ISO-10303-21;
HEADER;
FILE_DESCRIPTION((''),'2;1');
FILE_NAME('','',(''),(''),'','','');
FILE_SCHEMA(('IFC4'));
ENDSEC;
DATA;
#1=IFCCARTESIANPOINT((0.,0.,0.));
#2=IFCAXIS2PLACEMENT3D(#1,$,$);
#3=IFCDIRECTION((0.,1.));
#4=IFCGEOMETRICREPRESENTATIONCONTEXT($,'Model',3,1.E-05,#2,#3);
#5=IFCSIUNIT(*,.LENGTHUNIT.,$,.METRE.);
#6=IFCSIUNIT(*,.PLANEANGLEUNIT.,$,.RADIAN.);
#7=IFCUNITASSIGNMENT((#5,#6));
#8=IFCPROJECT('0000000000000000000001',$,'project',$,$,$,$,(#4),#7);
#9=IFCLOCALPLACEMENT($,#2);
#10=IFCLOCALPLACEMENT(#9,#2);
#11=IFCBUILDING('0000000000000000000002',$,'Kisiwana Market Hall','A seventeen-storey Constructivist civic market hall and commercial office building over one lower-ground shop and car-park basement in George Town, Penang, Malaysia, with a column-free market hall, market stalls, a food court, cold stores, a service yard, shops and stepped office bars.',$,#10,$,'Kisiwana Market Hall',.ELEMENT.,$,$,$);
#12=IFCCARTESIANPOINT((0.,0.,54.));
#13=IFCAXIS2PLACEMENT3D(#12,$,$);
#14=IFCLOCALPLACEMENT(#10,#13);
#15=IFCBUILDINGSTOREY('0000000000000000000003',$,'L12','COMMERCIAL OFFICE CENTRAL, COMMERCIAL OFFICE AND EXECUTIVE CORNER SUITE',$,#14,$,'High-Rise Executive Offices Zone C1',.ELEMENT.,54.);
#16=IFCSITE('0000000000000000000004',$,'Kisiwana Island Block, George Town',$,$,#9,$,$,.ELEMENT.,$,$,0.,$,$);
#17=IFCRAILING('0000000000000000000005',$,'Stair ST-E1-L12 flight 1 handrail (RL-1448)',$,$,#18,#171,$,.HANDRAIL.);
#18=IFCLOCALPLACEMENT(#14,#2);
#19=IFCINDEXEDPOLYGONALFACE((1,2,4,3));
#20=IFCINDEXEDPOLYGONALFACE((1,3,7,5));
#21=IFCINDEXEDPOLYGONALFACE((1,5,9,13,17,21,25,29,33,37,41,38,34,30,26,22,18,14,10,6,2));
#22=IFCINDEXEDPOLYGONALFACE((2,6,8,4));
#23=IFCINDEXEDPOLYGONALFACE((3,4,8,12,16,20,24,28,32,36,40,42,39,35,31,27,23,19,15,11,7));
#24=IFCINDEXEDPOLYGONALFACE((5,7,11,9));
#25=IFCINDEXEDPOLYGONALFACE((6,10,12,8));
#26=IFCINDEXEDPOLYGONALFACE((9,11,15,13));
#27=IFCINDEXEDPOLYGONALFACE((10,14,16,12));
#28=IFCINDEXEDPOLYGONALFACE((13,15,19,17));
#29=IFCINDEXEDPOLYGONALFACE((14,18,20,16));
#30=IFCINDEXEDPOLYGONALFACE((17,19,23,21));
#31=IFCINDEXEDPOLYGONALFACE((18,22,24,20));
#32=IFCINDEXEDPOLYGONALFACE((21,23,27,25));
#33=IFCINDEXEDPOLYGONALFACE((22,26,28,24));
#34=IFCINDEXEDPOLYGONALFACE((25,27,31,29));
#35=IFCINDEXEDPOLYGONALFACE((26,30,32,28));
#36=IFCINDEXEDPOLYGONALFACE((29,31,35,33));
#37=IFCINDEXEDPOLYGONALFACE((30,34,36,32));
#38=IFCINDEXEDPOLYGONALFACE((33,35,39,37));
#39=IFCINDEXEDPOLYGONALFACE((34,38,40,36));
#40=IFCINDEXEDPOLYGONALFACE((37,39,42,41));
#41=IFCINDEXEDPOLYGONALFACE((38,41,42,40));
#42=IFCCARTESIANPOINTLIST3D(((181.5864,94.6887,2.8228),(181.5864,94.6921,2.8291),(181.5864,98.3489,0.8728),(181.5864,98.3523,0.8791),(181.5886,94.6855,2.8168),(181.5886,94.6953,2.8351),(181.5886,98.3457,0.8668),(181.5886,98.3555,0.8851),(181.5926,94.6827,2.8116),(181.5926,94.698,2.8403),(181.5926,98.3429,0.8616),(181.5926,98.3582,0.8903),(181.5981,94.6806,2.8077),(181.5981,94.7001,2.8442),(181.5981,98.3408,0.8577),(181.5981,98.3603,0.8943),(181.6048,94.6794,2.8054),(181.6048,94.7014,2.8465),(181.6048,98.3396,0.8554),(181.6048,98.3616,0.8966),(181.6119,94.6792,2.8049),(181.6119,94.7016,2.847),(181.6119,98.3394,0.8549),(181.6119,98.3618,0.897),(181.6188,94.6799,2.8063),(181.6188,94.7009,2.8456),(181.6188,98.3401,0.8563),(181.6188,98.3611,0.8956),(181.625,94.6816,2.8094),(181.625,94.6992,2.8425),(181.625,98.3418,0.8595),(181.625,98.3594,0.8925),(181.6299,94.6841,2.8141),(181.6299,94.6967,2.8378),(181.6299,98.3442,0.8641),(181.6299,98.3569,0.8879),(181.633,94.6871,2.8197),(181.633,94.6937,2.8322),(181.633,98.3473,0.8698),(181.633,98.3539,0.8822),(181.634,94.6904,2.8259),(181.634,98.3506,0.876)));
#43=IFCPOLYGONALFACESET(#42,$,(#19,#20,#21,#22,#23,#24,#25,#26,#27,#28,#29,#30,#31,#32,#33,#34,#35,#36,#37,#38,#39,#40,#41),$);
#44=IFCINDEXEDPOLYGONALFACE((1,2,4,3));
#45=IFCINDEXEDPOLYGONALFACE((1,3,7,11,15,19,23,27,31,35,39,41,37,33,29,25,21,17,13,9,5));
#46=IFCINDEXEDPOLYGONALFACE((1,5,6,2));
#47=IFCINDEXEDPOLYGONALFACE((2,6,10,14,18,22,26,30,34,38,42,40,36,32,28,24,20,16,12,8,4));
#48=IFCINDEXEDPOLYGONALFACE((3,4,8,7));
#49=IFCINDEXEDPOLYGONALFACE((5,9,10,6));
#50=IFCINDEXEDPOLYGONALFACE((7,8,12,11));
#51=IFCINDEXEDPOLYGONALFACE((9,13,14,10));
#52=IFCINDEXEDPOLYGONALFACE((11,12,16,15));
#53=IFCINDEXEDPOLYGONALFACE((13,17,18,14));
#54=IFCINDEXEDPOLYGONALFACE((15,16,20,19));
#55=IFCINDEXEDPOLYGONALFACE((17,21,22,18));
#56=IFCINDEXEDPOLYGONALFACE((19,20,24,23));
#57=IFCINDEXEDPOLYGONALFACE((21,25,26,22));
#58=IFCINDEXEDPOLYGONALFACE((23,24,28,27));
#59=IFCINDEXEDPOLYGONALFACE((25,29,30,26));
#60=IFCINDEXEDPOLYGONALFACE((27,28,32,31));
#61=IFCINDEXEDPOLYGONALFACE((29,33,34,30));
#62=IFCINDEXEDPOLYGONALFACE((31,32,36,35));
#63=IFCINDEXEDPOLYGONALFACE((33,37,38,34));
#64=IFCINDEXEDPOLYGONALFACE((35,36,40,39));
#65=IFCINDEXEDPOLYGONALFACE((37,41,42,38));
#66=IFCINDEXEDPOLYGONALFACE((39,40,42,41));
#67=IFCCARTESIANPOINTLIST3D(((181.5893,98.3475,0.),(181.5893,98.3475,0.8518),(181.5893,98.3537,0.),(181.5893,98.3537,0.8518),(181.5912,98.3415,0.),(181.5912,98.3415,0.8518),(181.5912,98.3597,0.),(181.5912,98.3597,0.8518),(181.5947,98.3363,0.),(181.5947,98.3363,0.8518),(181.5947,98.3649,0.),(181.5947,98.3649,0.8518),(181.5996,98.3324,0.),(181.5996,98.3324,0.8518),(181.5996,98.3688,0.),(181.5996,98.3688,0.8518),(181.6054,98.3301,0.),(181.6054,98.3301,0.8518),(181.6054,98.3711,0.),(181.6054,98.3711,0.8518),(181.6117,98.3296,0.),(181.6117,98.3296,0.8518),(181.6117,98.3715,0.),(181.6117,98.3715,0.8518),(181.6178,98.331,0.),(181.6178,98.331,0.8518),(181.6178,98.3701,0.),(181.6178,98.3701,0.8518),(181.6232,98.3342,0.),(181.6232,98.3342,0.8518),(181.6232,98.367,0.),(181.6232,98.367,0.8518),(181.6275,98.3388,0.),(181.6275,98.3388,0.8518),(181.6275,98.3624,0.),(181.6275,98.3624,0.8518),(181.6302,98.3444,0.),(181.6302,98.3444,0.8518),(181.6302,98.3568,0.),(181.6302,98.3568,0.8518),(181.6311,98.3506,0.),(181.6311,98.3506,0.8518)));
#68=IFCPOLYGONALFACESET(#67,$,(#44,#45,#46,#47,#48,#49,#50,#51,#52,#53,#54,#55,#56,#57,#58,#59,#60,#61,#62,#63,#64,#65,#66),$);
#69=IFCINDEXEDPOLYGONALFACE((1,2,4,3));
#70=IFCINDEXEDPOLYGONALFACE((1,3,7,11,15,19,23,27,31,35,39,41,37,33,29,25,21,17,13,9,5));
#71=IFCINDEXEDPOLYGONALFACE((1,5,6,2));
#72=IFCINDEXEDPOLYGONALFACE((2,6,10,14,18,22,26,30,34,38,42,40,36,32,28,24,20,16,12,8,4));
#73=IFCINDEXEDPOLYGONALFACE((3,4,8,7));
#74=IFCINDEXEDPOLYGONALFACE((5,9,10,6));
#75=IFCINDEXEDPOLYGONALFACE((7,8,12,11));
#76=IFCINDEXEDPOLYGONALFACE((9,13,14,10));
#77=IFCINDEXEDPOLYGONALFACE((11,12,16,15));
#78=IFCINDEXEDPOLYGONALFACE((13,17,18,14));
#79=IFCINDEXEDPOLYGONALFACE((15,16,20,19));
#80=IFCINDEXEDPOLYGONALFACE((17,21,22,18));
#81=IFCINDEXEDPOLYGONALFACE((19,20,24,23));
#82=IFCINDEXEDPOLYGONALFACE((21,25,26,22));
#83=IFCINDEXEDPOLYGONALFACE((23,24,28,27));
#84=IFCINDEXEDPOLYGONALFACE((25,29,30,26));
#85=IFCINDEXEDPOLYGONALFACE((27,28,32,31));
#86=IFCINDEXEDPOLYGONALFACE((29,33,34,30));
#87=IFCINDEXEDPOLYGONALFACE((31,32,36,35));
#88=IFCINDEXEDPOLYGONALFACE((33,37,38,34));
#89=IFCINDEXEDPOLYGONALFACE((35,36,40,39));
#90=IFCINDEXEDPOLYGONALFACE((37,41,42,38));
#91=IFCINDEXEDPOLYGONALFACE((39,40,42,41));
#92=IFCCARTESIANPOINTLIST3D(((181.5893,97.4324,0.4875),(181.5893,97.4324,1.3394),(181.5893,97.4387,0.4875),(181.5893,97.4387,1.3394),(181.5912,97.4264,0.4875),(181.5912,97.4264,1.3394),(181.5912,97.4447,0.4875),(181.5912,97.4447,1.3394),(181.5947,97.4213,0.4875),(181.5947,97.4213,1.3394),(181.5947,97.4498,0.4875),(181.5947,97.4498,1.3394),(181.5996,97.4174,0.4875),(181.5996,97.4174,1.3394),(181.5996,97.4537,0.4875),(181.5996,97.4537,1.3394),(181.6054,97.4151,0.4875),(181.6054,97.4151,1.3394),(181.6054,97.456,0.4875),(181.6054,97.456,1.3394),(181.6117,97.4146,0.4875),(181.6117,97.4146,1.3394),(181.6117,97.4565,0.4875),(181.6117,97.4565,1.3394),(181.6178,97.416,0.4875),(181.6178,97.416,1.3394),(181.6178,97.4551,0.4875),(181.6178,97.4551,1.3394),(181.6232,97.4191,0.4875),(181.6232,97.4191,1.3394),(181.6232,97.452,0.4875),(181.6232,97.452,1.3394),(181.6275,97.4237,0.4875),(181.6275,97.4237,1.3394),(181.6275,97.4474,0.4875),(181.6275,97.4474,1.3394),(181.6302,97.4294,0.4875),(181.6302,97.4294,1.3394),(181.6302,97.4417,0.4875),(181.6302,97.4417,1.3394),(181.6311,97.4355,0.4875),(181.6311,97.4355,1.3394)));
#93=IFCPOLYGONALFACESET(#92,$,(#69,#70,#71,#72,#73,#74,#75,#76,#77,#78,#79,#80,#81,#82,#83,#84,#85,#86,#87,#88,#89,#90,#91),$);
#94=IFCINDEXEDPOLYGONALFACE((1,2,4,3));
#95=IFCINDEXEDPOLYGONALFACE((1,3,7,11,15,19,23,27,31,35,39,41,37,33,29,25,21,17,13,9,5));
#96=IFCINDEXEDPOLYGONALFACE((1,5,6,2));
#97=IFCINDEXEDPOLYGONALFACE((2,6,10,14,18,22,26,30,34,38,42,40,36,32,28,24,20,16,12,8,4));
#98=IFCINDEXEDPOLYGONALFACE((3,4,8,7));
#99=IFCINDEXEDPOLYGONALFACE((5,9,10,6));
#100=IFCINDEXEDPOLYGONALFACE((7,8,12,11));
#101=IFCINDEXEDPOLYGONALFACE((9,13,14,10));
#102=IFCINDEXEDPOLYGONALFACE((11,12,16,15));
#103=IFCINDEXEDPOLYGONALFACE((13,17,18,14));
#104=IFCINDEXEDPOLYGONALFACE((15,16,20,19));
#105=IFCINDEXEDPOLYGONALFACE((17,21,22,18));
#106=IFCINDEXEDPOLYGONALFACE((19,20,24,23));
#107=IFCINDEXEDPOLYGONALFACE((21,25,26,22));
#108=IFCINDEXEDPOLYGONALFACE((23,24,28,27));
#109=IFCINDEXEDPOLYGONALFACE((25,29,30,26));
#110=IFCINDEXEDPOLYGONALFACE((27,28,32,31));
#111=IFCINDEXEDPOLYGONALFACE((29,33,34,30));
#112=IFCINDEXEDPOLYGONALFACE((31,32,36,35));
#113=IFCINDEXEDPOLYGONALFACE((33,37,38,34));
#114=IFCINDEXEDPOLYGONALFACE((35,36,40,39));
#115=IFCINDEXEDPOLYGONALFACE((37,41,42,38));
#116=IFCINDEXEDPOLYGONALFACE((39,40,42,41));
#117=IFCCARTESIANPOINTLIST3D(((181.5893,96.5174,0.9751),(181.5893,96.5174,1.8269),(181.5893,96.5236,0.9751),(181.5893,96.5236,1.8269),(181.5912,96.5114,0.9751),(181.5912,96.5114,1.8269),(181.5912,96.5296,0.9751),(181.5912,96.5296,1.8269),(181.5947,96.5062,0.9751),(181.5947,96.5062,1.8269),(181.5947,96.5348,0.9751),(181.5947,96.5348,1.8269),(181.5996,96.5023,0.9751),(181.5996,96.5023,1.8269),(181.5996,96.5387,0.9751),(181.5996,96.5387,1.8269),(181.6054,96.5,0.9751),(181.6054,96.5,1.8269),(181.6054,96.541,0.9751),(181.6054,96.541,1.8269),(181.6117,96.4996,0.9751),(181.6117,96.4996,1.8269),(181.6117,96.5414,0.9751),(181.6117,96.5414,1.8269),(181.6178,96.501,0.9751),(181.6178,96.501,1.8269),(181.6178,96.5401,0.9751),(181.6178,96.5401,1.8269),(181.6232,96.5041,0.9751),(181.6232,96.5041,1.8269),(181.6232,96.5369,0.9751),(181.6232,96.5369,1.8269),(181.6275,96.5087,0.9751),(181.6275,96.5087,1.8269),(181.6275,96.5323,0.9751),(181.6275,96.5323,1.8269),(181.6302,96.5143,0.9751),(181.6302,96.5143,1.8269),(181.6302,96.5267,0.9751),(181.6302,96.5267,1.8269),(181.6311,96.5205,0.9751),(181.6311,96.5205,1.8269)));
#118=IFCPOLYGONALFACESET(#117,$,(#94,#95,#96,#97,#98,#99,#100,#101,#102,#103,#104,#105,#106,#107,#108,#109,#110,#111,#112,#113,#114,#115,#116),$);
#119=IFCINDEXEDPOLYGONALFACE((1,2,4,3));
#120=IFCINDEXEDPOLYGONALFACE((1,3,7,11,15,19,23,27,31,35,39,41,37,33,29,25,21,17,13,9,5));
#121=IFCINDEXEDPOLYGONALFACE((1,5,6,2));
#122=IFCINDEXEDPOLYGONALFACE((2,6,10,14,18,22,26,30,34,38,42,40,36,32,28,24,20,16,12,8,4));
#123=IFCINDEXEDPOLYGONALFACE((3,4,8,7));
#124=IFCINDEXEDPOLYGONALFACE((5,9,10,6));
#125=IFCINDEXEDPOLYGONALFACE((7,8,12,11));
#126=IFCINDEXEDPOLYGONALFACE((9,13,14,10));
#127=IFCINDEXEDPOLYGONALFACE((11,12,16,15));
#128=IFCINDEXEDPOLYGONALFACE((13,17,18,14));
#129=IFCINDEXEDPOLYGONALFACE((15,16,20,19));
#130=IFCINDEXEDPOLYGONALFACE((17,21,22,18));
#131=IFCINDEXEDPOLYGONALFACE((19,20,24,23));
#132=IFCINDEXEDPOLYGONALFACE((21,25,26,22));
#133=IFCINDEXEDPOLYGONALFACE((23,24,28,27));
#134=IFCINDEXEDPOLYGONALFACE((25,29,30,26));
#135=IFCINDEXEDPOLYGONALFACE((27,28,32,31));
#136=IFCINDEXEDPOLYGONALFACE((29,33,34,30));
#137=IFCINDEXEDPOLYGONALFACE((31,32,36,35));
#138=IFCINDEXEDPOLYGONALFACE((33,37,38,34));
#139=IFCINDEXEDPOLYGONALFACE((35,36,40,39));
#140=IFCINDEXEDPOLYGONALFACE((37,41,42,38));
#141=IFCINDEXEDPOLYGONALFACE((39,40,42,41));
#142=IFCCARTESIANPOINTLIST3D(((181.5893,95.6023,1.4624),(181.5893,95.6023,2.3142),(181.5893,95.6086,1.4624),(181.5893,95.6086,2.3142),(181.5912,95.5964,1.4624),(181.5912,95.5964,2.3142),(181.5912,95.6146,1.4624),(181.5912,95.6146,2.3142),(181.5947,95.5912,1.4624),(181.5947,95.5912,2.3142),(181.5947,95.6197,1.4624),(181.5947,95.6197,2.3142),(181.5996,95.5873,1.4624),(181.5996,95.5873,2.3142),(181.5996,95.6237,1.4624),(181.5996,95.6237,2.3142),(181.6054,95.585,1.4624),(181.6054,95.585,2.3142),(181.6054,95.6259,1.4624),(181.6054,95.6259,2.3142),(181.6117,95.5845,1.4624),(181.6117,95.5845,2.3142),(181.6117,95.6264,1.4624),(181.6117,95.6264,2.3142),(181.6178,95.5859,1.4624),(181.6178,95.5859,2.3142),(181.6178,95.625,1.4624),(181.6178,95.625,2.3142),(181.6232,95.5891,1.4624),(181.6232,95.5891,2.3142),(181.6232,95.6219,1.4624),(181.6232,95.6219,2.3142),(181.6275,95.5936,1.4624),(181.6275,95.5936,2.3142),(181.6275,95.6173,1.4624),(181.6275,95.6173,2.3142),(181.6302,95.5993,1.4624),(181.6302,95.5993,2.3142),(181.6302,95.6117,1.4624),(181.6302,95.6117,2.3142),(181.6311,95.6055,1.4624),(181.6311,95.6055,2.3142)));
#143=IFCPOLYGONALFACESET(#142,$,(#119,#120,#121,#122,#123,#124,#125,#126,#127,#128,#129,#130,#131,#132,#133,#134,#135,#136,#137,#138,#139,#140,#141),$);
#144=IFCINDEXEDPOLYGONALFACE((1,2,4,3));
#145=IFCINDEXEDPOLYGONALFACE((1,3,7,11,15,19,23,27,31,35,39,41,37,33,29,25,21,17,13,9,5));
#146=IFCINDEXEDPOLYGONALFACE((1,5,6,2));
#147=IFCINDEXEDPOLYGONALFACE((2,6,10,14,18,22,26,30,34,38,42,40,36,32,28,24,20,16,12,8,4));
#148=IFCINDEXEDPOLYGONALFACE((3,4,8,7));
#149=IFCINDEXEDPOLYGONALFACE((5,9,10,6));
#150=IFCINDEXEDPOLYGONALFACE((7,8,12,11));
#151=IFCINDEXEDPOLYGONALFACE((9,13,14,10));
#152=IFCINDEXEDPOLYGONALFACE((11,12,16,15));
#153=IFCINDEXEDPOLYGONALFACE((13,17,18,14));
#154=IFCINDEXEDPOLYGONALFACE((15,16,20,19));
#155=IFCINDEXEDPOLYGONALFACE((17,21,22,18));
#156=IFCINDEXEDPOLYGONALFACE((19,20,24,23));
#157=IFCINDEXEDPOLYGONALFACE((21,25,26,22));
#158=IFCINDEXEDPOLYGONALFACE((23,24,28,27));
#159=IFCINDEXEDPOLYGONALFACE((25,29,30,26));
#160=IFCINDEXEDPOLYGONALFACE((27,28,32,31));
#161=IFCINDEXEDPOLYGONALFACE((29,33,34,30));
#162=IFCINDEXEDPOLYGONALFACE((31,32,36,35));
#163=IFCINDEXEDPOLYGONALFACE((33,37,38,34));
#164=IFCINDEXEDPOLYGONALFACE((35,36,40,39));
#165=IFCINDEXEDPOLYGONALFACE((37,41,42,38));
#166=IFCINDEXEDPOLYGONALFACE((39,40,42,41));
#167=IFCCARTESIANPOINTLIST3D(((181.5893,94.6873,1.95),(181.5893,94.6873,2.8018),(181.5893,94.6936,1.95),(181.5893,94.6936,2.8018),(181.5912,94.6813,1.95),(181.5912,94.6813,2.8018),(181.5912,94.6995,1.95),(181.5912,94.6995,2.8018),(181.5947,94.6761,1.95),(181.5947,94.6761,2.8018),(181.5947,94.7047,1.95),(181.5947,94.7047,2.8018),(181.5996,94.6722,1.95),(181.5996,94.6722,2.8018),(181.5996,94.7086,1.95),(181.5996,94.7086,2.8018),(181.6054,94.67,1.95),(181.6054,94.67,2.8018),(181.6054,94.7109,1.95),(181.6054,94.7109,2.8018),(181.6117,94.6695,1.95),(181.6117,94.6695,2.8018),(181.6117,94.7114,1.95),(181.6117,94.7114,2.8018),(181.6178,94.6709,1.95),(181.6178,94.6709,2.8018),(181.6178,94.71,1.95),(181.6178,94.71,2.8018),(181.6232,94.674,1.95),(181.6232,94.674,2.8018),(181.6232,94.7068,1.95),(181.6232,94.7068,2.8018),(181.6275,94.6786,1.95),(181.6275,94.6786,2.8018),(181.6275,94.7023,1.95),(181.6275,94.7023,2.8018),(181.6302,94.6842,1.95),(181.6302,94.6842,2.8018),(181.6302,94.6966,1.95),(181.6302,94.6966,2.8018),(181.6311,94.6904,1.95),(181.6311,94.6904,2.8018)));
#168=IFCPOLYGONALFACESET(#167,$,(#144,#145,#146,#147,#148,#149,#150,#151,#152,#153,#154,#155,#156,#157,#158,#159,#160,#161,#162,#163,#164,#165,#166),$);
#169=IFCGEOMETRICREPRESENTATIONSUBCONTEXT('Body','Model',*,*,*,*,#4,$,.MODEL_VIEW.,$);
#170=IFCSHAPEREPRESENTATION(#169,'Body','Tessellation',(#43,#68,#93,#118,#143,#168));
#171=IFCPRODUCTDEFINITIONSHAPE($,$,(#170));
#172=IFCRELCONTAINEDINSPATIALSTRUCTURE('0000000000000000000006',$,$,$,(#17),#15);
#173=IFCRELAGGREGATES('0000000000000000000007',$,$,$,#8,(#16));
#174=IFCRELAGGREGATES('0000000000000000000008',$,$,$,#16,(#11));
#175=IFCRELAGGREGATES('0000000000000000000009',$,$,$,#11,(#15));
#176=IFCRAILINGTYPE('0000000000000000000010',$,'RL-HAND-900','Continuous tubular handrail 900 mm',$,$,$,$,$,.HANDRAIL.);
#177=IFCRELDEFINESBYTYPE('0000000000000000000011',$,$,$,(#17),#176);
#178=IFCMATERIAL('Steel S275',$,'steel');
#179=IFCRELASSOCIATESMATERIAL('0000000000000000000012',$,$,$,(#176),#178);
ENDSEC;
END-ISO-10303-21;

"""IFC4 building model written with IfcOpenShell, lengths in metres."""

from ifc_helpers import new_model, si_unit, direction, frame, origin, origin_2d, place, context, subcontext, project, spatial, circle, extrude, material, type_object, element, save


model = new_model("IFC4")

# Units and contexts
model_context = context("Model", 3, precision=1e-05, world=origin(), true_north=direction((0.0, 1.0)))
body_context = subcontext(model_context, "Body", "Model", "MODEL_VIEW")
ifc_project = project(units=[si_unit("LENGTHUNIT", "METRE"), si_unit("PLANEANGLEUNIT", "RADIAN")], contexts=[model_context])

# Site, building, storey
site_placement = place(None, origin())
site = spatial("IfcSite", under=ifc_project, at=site_placement, Name="Kisiwana Island Block, George Town", CompositionType="ELEMENT", RefElevation=0.0)
building_placement = place(site_placement, origin())
building = spatial("IfcBuilding", under=site, at=building_placement, Name="Kisiwana Market Hall", Description="A seventeen-storey Constructivist civic market hall and commercial office building over one lower-ground shop and car-park basement in George Town, Penang, Malaysia, with a column-free market hall, market stalls, a food court, cold stores, a service yard, shops and stepped office bars.", LongName="Kisiwana Market Hall", CompositionType="ELEMENT")
storey_placement = place(building_placement, frame((0.0, 0.0, 54.0)))
storey = spatial("IfcBuildingStorey", under=building, at=storey_placement, Name="L12", Description="COMMERCIAL OFFICE CENTRAL, COMMERCIAL OFFICE AND EXECUTIVE CORNER SUITE", LongName="High-Rise Executive Offices Zone C1", CompositionType="ELEMENT", Elevation=54.0)

# Railing
ifc_material_1 = material(Name="Steel S275", Category="steel")
railing_type_1 = type_object("IfcRailingType", Name="RL-HAND-900", Description="Continuous tubular handrail 900 mm", PredefinedType="HANDRAIL", material=ifc_material_1)
railing_1_placement = place(storey_placement, frame((181.6101, 98.3506, 0.0)))
element("IfcRailing", 1, at=railing_1_placement, inside=storey, type_object=railing_type_1, Name="Stair ST-E1-L12 flight 1 handrail (RL-1448)", PredefinedType="HANDRAIL", context=body_context, shape_type="SweptSolid", body=[
    extrude(circle(Radius=0.0239, at=origin_2d()), frame((0.0, 0.0, 0.876), z_axis=(0.0, -0.882566, 0.470188), x_axis=(1.0, 0.0, 0.0)), (0.0, 0.0, 1.0), 4.1472),
    extrude(circle(Radius=0.021, at=origin_2d()), origin(), (0.0, 0.0, 1.0), 0.8518),
    extrude(circle(Radius=0.021, at=origin_2d()), frame((0.0, -0.915, 0.4875)), (0.0, 0.0, 1.0), 0.8518),
    extrude(circle(Radius=0.021, at=origin_2d()), frame((0.0, -1.8301, 0.9751)), (0.0, 0.0, 1.0), 0.8518),
    extrude(circle(Radius=0.021, at=origin_2d()), frame((0.0, -2.7451, 1.4624)), (0.0, 0.0, 1.0), 0.8518),
    extrude(circle(Radius=0.021, at=origin_2d()), frame((0.0, -3.6602, 1.95)), (0.0, 0.0, 1.0), 0.8518),
])

save(model, "model.ifc")
